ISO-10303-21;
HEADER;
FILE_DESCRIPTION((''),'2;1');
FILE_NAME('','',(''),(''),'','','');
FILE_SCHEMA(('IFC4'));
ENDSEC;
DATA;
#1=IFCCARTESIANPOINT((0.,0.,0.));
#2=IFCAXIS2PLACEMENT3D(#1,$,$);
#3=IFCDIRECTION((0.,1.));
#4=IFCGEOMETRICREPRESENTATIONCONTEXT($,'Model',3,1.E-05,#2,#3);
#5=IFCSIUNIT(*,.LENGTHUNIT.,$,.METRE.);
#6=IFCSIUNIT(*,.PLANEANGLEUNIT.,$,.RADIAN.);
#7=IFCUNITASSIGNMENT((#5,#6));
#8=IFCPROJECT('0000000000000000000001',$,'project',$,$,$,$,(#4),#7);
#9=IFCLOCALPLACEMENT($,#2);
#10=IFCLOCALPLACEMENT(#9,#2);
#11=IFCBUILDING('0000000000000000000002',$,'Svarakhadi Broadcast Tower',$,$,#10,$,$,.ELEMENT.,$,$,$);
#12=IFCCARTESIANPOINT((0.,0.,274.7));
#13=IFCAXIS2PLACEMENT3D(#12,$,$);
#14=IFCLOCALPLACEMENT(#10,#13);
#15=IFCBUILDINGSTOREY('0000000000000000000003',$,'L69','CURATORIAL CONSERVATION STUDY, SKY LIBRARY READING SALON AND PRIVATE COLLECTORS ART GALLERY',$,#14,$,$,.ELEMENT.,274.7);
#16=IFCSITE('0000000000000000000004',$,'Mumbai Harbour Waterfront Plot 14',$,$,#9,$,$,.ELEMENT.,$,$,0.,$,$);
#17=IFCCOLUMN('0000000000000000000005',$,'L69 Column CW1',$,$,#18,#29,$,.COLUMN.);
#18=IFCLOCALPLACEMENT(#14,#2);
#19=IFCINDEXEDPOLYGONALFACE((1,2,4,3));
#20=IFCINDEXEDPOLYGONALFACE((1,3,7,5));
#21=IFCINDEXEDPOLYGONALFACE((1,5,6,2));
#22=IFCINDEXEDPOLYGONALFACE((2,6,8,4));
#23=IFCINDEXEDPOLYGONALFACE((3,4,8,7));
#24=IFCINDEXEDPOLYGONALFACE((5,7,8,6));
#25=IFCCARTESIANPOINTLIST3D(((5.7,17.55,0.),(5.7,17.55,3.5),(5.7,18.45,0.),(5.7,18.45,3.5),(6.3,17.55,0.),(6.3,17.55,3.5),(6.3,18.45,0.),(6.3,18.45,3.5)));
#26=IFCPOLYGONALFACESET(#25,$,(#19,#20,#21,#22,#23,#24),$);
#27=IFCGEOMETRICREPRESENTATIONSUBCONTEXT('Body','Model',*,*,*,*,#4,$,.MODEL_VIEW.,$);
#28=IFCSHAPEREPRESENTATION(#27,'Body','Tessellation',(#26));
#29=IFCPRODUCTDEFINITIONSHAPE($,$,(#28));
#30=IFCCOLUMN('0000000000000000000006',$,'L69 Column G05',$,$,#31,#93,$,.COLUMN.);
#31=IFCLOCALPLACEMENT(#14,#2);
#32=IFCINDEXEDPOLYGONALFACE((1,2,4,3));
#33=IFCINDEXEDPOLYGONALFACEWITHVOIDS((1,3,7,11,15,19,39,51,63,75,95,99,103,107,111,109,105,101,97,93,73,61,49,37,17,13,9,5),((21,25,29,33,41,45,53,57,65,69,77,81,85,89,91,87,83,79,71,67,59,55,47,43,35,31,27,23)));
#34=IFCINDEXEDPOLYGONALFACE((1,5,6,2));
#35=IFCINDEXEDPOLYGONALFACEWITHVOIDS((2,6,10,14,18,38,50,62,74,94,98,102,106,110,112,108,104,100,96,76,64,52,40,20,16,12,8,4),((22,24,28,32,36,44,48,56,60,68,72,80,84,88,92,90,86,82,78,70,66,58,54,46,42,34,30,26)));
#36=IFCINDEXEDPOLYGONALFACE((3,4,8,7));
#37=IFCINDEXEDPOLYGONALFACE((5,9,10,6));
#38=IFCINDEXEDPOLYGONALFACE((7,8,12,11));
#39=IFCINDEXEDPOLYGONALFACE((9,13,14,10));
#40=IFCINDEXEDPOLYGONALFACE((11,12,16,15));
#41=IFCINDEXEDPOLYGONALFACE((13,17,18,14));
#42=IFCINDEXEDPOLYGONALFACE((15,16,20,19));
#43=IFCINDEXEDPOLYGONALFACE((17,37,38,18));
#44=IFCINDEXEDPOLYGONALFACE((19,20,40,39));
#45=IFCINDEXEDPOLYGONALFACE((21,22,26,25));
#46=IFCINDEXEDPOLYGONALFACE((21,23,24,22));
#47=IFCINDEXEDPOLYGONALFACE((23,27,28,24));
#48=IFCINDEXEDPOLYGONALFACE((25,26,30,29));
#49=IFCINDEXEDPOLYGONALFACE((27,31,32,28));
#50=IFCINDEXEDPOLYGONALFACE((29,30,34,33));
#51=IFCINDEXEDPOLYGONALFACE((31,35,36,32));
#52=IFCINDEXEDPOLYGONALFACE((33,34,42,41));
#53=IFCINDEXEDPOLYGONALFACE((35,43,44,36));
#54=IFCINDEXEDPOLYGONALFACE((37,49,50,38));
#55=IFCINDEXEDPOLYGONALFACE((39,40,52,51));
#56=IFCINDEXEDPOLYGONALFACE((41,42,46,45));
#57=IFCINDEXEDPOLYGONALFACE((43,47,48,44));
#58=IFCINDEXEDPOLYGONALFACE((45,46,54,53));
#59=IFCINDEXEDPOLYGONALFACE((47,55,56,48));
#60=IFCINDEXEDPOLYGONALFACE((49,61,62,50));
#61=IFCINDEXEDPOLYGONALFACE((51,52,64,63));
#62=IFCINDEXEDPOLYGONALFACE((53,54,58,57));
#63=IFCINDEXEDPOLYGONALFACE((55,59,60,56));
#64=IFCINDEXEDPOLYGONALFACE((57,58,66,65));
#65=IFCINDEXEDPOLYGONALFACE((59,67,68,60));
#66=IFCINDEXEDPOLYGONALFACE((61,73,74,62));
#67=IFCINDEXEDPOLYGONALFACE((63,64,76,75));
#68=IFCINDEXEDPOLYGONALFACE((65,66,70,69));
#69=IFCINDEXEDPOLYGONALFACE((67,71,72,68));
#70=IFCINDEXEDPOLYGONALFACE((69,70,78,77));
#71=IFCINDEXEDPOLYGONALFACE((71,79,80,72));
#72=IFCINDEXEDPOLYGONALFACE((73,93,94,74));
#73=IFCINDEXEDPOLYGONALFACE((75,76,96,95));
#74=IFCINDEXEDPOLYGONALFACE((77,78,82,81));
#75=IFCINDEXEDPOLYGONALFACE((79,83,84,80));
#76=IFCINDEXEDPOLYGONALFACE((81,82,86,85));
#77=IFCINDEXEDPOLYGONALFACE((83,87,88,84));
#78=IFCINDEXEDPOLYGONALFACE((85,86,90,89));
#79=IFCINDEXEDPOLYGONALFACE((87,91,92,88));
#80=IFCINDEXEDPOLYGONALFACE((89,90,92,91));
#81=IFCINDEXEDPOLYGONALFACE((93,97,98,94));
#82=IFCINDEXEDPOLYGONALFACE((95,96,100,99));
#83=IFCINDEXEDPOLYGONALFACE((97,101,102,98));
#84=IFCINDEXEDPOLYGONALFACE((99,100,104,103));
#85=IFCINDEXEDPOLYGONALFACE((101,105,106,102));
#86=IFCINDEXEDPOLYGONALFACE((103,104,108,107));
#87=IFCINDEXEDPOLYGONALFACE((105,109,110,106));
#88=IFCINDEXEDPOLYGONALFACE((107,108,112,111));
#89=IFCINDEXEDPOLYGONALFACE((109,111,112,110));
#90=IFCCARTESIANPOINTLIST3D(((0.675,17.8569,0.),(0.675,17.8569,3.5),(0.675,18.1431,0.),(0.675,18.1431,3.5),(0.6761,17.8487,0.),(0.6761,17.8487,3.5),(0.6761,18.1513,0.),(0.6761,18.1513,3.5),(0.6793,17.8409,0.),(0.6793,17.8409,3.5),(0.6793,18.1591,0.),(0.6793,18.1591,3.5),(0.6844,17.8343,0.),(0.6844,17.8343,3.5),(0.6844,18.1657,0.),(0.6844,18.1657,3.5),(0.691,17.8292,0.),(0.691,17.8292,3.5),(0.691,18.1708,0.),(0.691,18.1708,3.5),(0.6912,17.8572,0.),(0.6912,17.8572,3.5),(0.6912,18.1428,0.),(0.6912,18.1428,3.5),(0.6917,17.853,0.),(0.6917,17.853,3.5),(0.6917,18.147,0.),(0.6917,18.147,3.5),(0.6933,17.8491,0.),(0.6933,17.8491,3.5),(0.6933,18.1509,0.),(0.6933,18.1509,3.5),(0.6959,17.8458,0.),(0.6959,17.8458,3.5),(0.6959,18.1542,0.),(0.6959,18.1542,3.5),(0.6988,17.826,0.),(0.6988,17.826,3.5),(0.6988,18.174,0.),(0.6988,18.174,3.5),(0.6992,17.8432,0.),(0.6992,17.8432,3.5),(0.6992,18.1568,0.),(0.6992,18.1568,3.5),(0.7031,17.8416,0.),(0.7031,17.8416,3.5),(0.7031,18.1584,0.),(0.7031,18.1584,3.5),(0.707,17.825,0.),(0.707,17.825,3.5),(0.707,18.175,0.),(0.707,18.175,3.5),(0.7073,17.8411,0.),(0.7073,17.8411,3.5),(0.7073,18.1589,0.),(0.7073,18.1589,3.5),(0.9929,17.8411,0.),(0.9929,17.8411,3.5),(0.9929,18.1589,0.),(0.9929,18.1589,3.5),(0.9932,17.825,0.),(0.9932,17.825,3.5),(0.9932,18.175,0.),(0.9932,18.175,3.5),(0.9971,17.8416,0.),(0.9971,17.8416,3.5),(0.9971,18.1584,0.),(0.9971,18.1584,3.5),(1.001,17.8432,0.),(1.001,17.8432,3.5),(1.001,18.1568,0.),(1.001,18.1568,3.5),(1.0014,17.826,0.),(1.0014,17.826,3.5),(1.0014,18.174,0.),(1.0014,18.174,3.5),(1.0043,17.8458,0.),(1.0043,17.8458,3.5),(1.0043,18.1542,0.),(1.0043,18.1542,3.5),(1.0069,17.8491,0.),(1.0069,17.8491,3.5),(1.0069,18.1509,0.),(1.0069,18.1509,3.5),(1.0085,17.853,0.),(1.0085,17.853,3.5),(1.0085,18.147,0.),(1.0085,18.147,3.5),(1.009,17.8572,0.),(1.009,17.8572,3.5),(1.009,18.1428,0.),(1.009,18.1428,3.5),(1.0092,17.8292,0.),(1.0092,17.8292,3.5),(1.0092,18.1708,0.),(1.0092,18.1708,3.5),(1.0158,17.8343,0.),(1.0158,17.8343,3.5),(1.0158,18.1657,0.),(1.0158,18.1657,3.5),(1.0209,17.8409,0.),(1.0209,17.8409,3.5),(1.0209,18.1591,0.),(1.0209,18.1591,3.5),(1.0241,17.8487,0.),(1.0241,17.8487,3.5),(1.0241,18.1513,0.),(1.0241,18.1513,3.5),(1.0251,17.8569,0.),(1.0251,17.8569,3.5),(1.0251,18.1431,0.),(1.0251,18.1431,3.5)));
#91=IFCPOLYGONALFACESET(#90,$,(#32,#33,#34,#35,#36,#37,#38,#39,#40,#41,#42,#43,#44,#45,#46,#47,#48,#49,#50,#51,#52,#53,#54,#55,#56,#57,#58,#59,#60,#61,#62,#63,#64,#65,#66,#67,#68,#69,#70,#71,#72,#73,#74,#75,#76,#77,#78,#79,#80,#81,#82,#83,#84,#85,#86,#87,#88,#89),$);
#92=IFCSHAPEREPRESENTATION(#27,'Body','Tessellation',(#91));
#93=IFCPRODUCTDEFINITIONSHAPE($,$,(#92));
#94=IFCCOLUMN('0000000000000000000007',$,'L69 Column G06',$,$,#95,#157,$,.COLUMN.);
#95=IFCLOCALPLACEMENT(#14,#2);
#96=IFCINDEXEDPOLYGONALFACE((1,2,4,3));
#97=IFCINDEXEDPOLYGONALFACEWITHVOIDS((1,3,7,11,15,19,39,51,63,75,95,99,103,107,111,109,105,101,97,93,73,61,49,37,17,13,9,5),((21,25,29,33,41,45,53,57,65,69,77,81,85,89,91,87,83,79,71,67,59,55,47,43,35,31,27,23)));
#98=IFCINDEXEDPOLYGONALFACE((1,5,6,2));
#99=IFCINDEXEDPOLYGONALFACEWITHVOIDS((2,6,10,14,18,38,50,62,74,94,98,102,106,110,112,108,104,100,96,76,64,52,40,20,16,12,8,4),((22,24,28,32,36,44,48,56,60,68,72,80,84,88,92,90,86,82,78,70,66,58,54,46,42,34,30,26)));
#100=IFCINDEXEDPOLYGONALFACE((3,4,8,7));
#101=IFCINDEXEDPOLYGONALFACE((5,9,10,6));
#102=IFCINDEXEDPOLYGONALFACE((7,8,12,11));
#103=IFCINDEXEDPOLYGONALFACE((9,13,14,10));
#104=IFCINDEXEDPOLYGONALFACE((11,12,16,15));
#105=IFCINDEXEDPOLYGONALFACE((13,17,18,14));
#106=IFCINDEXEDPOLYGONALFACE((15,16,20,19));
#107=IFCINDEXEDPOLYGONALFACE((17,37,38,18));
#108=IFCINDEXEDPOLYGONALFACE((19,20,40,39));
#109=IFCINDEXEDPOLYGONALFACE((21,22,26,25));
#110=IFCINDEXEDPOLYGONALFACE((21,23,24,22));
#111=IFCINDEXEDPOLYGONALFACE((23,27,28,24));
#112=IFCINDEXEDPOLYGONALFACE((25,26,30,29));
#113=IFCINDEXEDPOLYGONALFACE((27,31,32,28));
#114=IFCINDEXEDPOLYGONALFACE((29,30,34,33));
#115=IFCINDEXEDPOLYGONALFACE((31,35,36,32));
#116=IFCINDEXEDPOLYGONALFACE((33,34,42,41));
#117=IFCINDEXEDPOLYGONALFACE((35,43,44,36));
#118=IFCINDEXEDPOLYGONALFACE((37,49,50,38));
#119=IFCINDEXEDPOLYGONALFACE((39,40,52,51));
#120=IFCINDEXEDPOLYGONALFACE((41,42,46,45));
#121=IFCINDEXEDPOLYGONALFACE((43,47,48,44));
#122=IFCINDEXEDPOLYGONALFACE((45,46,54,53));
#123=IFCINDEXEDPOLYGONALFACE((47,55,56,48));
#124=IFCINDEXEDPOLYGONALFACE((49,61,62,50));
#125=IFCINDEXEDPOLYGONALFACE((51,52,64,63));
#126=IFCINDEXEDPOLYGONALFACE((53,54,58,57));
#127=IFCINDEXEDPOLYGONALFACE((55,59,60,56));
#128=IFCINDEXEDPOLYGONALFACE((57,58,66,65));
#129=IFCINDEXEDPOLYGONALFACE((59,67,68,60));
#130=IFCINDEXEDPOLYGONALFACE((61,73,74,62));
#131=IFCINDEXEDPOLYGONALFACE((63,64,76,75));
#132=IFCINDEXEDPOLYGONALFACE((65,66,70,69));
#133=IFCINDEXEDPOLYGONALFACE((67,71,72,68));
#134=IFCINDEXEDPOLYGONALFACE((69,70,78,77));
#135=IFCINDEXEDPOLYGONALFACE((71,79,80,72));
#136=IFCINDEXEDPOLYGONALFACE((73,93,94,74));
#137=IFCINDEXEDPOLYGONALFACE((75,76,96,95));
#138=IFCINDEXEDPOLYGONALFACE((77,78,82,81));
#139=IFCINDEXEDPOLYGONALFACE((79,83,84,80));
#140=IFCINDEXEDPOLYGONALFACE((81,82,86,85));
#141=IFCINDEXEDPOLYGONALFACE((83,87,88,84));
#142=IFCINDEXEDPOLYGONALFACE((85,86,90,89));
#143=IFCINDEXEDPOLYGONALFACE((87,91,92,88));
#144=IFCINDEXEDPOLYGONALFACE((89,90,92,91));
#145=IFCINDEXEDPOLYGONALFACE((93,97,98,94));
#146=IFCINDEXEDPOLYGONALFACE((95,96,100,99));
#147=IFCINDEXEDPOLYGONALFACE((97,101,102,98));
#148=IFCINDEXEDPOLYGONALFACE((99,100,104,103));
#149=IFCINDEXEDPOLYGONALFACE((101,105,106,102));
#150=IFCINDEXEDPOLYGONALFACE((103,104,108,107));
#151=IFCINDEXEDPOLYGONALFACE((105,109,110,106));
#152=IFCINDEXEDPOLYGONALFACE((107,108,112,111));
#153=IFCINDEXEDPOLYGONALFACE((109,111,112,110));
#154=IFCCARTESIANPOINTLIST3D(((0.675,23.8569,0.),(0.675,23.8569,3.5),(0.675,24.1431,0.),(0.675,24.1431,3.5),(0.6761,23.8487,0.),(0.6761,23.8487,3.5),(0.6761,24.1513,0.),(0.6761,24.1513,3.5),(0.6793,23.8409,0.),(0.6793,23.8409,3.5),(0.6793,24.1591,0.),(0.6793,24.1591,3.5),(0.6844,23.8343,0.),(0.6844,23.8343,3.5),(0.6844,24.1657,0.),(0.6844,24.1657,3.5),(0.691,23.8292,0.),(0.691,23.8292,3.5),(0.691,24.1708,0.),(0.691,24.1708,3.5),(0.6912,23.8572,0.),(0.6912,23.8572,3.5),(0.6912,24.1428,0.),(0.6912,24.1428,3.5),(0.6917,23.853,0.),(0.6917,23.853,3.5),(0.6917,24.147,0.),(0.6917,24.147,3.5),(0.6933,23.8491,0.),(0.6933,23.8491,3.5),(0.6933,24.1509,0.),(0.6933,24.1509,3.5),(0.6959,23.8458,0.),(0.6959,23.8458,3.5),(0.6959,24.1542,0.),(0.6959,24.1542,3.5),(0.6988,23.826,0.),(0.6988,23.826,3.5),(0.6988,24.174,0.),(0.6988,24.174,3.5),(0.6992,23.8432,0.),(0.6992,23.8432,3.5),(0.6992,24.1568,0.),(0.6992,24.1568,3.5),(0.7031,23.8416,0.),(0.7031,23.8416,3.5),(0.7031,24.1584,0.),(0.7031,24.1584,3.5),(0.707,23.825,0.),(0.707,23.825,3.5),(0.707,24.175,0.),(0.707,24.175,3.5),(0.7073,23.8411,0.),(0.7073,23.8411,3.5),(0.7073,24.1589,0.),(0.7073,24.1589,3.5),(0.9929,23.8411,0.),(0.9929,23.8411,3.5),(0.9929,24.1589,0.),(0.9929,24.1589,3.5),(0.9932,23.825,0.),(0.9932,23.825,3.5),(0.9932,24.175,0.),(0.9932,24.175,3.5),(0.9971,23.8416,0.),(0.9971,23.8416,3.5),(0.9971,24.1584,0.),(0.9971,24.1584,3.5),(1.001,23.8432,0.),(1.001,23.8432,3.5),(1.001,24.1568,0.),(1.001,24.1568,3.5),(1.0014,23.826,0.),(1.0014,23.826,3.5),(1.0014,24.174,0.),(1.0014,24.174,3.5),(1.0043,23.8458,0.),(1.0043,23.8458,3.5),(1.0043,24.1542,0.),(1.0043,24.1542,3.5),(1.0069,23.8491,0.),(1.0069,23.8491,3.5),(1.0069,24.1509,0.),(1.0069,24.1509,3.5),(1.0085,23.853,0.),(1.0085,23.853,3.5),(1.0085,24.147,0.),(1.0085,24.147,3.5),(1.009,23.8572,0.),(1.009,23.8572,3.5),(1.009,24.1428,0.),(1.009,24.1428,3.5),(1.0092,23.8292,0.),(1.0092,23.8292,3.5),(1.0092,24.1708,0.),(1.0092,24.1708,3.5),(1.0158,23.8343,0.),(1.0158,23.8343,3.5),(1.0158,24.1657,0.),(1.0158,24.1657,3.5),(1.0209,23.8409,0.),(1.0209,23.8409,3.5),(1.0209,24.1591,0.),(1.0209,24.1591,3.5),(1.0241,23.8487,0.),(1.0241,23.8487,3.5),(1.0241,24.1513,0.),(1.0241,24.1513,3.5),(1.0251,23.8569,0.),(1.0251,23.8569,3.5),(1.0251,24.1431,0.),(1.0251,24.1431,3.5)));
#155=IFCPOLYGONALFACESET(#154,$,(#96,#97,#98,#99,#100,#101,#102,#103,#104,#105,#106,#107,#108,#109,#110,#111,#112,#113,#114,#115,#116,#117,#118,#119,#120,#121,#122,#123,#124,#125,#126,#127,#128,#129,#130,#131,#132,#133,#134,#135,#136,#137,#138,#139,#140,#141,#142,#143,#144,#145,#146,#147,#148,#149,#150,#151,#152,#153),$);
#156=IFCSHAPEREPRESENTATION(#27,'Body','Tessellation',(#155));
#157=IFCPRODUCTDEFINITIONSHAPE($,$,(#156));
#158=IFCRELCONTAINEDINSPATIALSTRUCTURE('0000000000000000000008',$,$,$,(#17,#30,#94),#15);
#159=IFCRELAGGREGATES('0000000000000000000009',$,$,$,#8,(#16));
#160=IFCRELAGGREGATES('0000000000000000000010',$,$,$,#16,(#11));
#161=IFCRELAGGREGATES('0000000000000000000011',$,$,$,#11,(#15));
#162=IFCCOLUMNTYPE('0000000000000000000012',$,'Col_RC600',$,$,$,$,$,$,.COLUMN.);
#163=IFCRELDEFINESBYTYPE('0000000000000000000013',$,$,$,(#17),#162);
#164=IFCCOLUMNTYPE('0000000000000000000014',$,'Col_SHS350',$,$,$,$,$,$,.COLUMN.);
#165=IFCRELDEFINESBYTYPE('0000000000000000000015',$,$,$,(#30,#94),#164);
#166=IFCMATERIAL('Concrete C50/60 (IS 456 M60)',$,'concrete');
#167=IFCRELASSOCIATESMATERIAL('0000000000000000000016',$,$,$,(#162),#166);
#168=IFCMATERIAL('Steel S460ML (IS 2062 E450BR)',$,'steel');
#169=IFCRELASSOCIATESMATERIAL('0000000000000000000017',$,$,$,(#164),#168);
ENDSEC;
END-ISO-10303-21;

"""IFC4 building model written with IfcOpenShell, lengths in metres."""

from ifc_helpers import new_model, si_unit, direction, frame, origin, origin_2d, place, context, subcontext, project, spatial, rectangle, hollow_rectangle, extrude, material, material_profile, profile_set, type_object, element, save


model = new_model("IFC4")

# Units and contexts
model_context = context("Model", 3, precision=1e-05, world=origin(), true_north=direction((0.0, 1.0)))
body_context = subcontext(model_context, "Body", "Model", "MODEL_VIEW")
ifc_project = project(units=[si_unit("LENGTHUNIT", "METRE"), si_unit("PLANEANGLEUNIT", "RADIAN")], contexts=[model_context])

# Site, building, storey
site_placement = place(None, origin())
site = spatial("IfcSite", under=ifc_project, at=site_placement, Name="Mumbai Harbour Waterfront Plot 14", CompositionType="ELEMENT", RefElevation=0.0)
building_placement = place(site_placement, origin())
building = spatial("IfcBuilding", under=site, at=building_placement, Name="Svarakhadi Broadcast Tower", CompositionType="ELEMENT")
storey_placement = place(building_placement, frame((0.0, 0.0, 274.7)))
storey = spatial("IfcBuildingStorey", under=building, at=storey_placement, Name="L69", Description="CURATORIAL CONSERVATION STUDY, SKY LIBRARY READING SALON AND PRIVATE COLLECTORS ART GALLERY", CompositionType="ELEMENT", Elevation=274.7)

# Columns
ifc_material_1 = material(Name="Concrete C50/60 (IS 456 M60)", Category="concrete")
ifc_material_profile_1 = material_profile(ifc_material_1, rectangle(XDim=0.6001, YDim=0.8999, at=origin_2d()), Name="RC 600x900")
ifc_profile_set_1 = profile_set([ifc_material_profile_1], Name="Concrete C50/60 (IS 456 M60)")
column_type_1 = type_object("IfcColumnType", Name="Col_RC600", PredefinedType="COLUMN", material=ifc_profile_set_1)
column_placement = place(storey_placement, frame((6.0, 18.0, 0.0), z_axis=(0.0, 0.0, 1.0), x_axis=(1.0, 0.0, 0.0)))
element("IfcColumn", 1, at=column_placement, inside=storey, type_object=column_type_1, Name="L69 Column CW1", PredefinedType="COLUMN", context=body_context, shape_type="SweptSolid", body=[
    extrude(rectangle(XDim=0.6001, YDim=0.8999, at=origin_2d()), origin(), (0.0, 0.0, 1.0), 3.5),
])
ifc_material_2 = material(Name="Steel S460ML (IS 2062 E450BR)", Category="steel")
ifc_material_profile_2 = material_profile(ifc_material_2, hollow_rectangle(XDim=0.3501, YDim=0.3501, WallThickness=0.0161, InnerFilletRadius=0.0161, OuterFilletRadius=0.032, at=origin_2d()), Name="SHS 350x350x16")
ifc_profile_set_2 = profile_set([ifc_material_profile_2], Name="Steel S460ML (IS 2062 E450BR)")
column_type_2 = type_object("IfcColumnType", Name="Col_SHS350", PredefinedType="COLUMN", material=ifc_profile_set_2)
for number, where, z_axis, x_axis, name in (
    (2, (0.8501, 18.0, 0.0), (0.0, 0.0, 1.0), (1.0, 0.0, 0.0), "L69 Column G05"),
    (3, (0.8501, 24.0, 0.0), (0.0, 0.0, 1.0), (1.0, 0.0, 0.0), "L69 Column G06"),
):
    element("IfcColumn", number, at=place(storey_placement, frame(where, z_axis=z_axis, x_axis=x_axis)), inside=storey, type_object=column_type_2, Name=name, PredefinedType="COLUMN", context=body_context, shape_type="SweptSolid", body=[
        extrude(hollow_rectangle(XDim=0.3501, YDim=0.3501, WallThickness=0.0161, InnerFilletRadius=0.0161, OuterFilletRadius=0.032, at=origin_2d()), origin(), (0.0, 0.0, 1.0), 3.5),
    ])

save(model, "model.ifc")
